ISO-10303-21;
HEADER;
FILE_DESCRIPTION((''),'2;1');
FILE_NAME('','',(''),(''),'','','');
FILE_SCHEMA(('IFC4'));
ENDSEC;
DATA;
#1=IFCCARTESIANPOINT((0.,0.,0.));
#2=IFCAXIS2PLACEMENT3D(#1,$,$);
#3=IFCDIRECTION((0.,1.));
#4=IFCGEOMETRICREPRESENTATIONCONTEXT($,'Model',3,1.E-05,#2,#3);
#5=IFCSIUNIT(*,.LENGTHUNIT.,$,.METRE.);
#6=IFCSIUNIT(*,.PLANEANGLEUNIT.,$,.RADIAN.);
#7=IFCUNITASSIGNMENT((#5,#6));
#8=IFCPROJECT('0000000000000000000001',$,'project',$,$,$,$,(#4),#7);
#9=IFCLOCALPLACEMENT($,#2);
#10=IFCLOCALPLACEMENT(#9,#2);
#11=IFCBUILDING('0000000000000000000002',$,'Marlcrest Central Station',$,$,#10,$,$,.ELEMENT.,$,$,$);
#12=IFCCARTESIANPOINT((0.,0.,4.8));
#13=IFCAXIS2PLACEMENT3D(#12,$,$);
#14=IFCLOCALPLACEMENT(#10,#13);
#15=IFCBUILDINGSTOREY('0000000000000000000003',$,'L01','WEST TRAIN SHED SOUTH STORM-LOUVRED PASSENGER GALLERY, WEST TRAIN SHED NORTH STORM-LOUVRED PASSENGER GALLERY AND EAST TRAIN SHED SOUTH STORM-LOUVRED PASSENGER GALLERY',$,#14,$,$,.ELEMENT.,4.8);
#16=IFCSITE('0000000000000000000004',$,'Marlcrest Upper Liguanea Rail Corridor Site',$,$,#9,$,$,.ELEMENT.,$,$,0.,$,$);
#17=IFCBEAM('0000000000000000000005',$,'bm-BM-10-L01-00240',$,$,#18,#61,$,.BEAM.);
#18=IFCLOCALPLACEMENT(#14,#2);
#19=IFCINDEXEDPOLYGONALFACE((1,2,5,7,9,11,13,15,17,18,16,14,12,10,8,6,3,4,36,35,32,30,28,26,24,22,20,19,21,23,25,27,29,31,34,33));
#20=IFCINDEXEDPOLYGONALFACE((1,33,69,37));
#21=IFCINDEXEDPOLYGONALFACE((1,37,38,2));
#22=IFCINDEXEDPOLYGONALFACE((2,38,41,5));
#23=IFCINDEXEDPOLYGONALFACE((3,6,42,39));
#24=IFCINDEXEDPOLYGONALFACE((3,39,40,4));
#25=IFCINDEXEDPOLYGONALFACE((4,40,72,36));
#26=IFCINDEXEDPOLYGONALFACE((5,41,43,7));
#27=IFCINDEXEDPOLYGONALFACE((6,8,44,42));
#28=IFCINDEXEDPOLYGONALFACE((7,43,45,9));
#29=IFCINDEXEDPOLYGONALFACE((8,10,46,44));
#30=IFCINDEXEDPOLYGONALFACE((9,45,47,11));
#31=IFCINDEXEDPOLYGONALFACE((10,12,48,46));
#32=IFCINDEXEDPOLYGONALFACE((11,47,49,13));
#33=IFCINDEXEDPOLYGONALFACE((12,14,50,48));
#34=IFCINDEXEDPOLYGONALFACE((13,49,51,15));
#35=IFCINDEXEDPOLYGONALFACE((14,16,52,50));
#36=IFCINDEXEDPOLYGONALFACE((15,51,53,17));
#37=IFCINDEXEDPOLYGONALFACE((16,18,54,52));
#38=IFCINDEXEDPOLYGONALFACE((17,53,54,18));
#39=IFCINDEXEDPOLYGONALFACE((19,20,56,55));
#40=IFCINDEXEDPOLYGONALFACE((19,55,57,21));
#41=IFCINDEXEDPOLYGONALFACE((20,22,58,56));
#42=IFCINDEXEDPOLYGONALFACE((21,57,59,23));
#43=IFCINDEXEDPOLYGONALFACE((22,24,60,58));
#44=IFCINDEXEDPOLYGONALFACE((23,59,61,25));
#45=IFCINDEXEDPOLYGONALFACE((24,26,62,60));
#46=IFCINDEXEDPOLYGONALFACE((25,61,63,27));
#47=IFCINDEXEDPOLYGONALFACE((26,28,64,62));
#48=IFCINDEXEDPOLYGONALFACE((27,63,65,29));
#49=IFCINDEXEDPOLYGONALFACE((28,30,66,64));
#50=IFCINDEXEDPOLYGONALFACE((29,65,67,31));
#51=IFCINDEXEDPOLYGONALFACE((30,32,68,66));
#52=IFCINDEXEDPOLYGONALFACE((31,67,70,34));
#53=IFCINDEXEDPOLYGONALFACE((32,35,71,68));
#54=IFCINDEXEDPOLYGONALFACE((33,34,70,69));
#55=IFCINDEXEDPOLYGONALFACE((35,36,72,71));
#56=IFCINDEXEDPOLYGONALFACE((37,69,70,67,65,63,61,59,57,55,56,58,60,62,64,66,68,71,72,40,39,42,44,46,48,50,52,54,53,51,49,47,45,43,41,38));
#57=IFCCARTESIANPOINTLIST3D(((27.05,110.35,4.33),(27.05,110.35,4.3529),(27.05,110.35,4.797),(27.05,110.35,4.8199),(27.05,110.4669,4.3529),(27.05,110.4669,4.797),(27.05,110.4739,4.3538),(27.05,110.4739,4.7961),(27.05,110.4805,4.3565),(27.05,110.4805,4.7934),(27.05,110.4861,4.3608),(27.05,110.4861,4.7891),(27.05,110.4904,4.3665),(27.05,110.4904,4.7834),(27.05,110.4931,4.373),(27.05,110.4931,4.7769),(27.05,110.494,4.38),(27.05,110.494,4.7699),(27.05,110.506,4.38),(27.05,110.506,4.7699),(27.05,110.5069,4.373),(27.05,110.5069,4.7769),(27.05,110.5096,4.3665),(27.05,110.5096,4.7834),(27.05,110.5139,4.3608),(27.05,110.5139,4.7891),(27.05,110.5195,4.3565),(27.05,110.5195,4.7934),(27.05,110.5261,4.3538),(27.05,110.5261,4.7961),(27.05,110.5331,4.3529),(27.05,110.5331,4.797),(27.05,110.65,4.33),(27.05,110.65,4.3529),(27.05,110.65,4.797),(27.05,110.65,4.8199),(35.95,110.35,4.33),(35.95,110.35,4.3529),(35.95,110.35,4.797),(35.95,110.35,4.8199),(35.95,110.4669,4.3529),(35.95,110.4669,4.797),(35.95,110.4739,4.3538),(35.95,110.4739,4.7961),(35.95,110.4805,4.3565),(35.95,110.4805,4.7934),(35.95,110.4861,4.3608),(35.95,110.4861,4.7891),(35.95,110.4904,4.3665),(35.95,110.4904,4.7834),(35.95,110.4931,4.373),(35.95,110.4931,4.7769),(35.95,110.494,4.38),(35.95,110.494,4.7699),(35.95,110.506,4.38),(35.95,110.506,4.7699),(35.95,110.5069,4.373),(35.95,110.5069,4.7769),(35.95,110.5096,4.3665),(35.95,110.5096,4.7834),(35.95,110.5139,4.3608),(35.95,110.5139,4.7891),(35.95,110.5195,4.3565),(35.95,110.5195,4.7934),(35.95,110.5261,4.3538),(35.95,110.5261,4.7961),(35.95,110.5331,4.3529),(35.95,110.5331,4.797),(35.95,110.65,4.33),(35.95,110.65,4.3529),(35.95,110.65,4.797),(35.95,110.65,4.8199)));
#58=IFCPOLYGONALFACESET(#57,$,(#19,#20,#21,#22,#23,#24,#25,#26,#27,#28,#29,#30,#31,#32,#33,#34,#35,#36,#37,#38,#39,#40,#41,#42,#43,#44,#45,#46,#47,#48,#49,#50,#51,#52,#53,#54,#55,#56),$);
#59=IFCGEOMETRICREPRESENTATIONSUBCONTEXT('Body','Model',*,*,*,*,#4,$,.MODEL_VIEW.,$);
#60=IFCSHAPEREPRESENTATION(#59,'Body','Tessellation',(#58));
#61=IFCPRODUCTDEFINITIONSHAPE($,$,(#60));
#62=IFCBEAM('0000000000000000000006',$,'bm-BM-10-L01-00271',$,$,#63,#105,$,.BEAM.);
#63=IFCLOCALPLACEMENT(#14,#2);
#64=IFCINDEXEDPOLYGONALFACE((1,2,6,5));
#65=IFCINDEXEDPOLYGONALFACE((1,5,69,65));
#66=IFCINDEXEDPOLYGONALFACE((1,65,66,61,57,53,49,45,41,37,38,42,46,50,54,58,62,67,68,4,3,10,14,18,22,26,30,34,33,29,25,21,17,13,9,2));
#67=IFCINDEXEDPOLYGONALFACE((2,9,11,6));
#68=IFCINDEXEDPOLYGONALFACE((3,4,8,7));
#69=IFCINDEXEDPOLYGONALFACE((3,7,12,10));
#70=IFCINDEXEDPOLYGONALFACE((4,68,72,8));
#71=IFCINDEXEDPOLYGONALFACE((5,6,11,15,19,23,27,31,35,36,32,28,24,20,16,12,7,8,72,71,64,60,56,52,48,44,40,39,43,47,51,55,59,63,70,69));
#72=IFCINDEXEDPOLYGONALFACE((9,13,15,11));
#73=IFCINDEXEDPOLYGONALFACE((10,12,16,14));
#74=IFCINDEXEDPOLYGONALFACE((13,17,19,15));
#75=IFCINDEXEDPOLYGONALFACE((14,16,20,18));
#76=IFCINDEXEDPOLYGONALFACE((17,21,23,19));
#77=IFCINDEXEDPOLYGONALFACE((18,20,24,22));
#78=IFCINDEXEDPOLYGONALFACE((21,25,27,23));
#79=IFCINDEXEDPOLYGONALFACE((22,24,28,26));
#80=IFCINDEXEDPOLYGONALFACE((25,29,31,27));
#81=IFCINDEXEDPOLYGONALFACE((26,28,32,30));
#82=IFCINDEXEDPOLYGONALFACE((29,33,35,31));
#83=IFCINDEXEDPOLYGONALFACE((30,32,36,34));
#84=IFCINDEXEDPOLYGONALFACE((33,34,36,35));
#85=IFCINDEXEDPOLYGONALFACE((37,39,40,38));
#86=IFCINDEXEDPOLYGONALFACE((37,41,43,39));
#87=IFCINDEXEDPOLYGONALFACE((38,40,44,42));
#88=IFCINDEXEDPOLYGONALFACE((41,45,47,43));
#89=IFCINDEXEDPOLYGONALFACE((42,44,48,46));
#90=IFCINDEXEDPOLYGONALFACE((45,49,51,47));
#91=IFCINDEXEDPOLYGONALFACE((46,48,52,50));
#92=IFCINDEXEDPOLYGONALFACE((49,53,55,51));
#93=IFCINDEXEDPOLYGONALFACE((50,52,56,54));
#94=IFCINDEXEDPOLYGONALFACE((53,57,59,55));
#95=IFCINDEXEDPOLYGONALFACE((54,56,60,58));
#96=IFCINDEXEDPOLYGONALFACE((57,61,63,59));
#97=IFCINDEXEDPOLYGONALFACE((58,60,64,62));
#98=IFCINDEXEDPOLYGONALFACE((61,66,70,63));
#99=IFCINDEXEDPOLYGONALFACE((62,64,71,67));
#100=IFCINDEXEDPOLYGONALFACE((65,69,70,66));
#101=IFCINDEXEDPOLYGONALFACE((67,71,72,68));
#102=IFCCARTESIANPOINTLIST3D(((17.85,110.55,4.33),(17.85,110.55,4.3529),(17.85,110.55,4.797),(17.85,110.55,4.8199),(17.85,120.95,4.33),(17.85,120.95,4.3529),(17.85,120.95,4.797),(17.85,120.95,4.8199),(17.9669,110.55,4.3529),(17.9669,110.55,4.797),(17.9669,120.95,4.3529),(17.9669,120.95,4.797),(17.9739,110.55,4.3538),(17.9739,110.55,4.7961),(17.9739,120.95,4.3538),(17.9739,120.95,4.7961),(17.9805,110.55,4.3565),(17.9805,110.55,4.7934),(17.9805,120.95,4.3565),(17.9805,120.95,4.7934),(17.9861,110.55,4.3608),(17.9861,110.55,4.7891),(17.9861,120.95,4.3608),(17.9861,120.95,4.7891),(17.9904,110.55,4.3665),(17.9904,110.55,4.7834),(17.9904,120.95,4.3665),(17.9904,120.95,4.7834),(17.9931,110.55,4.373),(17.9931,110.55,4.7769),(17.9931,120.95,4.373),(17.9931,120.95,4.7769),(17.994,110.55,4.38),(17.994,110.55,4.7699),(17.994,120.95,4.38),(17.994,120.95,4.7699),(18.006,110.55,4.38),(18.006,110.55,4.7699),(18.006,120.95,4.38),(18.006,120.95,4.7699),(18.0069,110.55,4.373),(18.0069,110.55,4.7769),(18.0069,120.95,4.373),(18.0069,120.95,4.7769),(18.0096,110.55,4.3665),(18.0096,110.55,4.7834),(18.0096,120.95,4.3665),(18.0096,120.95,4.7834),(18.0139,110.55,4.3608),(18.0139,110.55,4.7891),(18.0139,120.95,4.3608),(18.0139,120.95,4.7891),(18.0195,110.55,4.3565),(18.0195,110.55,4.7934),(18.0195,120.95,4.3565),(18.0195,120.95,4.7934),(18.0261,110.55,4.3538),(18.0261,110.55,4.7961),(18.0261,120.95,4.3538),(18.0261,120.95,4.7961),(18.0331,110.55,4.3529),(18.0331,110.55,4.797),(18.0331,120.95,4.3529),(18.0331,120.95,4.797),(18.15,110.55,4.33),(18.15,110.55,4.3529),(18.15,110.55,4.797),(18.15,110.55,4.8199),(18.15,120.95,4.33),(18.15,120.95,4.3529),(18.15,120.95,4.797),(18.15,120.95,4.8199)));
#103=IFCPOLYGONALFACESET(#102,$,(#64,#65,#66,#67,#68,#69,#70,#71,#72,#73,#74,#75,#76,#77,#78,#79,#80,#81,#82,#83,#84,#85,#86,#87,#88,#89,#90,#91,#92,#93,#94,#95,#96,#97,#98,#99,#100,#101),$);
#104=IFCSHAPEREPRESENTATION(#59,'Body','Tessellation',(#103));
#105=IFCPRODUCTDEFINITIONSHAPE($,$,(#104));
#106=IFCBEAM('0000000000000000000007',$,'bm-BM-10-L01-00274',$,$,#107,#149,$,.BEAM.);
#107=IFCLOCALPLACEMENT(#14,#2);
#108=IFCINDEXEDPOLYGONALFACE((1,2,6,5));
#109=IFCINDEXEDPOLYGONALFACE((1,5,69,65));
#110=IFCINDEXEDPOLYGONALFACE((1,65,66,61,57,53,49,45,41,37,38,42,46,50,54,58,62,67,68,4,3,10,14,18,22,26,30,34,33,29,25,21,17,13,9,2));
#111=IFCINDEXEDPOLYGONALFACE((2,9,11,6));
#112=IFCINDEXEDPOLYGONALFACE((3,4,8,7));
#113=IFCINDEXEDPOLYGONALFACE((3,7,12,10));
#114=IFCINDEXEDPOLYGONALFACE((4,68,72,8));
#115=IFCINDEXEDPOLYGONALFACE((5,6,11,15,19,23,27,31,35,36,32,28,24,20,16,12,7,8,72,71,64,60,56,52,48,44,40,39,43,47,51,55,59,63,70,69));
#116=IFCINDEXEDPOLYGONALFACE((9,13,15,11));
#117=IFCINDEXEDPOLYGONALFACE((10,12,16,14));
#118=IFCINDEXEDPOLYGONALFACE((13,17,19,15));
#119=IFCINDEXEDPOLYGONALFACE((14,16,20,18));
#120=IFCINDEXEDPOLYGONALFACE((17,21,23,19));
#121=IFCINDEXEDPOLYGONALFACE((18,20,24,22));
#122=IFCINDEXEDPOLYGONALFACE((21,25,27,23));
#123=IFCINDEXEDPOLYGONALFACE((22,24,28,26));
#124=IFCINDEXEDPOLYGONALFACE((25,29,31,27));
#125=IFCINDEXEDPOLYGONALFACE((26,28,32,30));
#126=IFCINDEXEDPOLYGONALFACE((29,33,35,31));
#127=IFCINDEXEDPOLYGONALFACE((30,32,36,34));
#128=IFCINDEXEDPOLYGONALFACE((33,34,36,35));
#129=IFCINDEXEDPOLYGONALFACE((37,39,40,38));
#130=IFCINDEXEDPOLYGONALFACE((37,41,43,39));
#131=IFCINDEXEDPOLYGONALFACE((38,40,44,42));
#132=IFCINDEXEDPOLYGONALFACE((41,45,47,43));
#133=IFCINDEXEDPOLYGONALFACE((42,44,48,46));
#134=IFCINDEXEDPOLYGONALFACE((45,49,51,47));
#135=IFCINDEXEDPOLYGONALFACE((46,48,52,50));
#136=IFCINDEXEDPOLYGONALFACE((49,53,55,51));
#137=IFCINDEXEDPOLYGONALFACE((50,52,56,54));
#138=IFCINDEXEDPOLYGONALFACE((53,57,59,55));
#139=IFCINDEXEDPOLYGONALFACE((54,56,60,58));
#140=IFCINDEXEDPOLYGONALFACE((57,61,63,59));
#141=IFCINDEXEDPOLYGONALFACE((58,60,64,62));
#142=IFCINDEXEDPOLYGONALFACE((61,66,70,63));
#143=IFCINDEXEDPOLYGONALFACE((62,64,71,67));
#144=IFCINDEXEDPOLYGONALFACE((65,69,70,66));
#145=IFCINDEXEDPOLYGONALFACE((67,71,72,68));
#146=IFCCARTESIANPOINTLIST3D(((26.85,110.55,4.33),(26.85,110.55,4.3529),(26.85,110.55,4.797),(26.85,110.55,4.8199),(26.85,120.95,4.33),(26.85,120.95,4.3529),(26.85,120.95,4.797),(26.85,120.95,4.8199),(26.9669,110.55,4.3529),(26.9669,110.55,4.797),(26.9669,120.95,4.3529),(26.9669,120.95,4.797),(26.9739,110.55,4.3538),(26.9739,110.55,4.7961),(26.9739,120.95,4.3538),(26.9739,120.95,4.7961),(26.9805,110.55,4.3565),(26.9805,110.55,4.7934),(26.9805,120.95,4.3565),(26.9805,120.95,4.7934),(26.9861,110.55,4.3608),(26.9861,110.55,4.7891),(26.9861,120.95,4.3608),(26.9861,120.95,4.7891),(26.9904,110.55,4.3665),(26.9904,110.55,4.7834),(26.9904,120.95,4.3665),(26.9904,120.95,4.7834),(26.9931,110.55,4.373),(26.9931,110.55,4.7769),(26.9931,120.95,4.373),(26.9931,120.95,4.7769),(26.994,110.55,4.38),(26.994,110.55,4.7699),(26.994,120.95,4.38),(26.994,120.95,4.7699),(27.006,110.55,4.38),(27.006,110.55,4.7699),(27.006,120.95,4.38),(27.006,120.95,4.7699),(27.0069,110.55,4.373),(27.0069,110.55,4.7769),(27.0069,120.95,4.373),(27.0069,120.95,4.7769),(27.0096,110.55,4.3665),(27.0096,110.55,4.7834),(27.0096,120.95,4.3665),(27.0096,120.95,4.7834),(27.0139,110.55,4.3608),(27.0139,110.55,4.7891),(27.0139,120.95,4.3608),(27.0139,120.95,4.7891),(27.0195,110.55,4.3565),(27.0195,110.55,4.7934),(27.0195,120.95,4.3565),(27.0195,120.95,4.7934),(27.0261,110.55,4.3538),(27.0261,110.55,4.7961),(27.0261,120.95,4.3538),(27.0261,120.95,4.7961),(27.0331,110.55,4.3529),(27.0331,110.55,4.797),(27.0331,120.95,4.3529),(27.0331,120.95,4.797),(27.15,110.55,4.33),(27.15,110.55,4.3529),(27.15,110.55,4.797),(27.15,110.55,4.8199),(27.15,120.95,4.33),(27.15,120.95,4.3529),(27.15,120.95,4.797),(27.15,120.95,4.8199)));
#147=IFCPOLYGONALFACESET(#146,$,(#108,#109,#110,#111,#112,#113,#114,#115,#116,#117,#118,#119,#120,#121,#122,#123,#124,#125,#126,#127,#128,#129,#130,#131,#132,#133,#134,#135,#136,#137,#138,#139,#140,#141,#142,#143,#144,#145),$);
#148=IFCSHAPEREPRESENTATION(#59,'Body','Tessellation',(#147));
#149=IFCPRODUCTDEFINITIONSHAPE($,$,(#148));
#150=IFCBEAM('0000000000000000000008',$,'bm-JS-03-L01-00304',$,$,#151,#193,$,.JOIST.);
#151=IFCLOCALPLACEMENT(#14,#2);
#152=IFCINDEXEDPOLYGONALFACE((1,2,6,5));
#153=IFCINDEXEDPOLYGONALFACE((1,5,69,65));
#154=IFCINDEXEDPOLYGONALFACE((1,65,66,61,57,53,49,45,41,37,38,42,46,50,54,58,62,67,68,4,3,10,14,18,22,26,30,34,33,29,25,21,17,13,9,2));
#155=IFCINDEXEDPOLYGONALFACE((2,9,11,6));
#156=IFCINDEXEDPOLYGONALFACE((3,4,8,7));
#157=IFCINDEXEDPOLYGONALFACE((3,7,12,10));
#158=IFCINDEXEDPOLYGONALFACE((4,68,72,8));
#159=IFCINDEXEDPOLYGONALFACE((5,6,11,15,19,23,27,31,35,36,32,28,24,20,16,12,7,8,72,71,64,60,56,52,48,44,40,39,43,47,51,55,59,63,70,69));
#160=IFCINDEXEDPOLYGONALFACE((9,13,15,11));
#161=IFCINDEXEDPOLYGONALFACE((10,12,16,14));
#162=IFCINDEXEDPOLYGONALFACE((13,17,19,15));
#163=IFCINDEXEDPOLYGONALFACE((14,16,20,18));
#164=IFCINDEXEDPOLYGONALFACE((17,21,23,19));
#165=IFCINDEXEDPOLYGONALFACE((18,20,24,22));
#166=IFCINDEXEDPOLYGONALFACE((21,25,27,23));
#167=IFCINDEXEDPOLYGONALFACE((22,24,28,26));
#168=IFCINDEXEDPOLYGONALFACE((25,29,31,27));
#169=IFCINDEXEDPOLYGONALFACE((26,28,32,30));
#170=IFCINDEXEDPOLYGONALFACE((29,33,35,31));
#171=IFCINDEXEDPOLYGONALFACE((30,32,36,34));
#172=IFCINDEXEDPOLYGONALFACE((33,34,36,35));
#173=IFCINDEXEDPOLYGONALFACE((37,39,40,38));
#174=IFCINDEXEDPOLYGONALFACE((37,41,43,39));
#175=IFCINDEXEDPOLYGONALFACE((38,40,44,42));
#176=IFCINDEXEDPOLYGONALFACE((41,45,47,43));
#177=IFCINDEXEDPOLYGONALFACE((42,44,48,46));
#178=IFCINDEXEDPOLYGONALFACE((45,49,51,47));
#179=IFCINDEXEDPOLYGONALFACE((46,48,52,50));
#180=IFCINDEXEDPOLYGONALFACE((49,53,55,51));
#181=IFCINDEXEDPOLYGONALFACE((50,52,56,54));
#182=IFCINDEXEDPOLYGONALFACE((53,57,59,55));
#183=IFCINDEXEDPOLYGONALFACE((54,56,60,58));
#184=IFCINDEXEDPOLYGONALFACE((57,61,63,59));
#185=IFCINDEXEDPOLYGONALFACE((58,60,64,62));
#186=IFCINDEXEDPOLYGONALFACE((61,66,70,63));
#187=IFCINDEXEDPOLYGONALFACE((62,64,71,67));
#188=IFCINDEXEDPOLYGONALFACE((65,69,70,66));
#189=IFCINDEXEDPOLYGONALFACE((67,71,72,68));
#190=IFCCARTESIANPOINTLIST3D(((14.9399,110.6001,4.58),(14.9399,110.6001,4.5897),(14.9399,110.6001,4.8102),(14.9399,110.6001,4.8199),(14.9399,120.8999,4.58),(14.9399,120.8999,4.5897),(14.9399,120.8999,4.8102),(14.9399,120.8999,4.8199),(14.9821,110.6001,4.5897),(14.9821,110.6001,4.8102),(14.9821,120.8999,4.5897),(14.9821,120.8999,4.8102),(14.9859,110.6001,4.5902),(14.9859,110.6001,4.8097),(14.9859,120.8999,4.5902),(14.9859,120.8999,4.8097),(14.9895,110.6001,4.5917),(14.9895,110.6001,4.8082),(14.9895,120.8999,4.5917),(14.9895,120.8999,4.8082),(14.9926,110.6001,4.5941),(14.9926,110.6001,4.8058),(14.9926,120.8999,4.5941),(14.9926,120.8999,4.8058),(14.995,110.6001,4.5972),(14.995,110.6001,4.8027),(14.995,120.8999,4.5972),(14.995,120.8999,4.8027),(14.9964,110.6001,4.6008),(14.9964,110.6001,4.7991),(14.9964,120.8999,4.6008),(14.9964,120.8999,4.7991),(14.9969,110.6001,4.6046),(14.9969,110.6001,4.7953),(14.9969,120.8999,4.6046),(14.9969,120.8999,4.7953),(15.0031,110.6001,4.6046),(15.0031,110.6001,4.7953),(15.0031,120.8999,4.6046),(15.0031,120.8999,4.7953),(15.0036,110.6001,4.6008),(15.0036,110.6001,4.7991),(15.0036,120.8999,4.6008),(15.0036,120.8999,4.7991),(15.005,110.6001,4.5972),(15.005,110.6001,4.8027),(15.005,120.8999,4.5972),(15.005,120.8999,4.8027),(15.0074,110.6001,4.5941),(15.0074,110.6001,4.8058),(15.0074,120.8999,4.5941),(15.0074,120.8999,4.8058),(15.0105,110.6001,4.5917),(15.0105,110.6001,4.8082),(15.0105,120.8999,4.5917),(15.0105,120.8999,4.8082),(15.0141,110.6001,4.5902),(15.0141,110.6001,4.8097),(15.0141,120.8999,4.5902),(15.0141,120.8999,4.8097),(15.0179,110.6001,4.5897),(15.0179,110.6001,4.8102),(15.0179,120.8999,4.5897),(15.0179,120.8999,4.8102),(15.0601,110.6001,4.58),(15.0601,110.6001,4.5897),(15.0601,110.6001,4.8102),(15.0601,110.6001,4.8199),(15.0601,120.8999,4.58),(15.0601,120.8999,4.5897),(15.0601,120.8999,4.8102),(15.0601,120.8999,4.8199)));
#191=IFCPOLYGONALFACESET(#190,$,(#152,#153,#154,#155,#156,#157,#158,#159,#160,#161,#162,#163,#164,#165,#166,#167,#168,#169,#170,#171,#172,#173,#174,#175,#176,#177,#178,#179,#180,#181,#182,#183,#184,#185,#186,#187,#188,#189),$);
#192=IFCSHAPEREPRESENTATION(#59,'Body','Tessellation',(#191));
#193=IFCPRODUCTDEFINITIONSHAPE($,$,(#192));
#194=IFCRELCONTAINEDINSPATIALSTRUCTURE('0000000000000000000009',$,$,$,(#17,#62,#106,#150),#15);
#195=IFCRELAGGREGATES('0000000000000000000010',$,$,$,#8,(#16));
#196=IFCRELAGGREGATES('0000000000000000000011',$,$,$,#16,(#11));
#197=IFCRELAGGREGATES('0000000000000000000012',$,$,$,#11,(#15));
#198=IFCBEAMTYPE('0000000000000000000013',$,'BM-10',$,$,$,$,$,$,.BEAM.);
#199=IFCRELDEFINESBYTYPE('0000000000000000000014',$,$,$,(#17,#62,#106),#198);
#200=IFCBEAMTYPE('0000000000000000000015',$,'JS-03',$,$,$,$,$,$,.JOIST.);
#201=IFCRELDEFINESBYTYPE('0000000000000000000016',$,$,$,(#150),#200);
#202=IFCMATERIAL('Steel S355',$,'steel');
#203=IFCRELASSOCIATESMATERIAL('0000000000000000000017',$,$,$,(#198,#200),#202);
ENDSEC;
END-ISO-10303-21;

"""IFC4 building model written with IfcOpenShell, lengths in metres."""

from ifc_helpers import new_model, si_unit, direction, frame, origin, origin_2d, place, context, subcontext, project, spatial, i_section, extrude, material, material_profile, profile_set, type_object, element, save


model = new_model("IFC4")

# Units and contexts
model_context = context("Model", 3, precision=1e-05, world=origin(), true_north=direction((0.0, 1.0)))
body_context = subcontext(model_context, "Body", "Model", "MODEL_VIEW")
ifc_project = project(units=[si_unit("LENGTHUNIT", "METRE"), si_unit("PLANEANGLEUNIT", "RADIAN")], contexts=[model_context])

# Site, building, storey
site_placement = place(None, origin())
site = spatial("IfcSite", under=ifc_project, at=site_placement, Name="Marlcrest Upper Liguanea Rail Corridor Site", CompositionType="ELEMENT", RefElevation=0.0)
building_placement = place(site_placement, origin())
building = spatial("IfcBuilding", under=site, at=building_placement, Name="Marlcrest Central Station", CompositionType="ELEMENT")
storey_placement = place(building_placement, frame((0.0, 0.0, 4.8)))
storey = spatial("IfcBuildingStorey", under=building, at=storey_placement, Name="L01", Description="WEST TRAIN SHED SOUTH STORM-LOUVRED PASSENGER GALLERY, WEST TRAIN SHED NORTH STORM-LOUVRED PASSENGER GALLERY AND EAST TRAIN SHED SOUTH STORM-LOUVRED PASSENGER GALLERY", CompositionType="ELEMENT", Elevation=4.8)

# Shared definitions
ifc_material_1 = material(Name="Steel S355", Category="steel")

# Beams
ifc_material_profile_1 = material_profile(ifc_material_1, i_section(OverallWidth=0.3, OverallDepth=0.49, WebThickness=0.012, FlangeThickness=0.0229, FilletRadius=0.0271, at=origin_2d()), Name="HEA 500")
ifc_profile_set_1 = profile_set([ifc_material_profile_1], Name="Steel S355")
beam_type_1 = type_object("IfcBeamType", Name="BM-10", PredefinedType="BEAM", material=ifc_profile_set_1)
for number, where, z_axis, x_axis, name in (
    (1, (27.05, 110.5, 4.575), (1.0, 0.0, 0.0), (0.0, 1.0, 0.0), "bm-BM-10-L01-00240"),
):
    element("IfcBeam", number, at=place(storey_placement, frame(where, z_axis=z_axis, x_axis=x_axis)), inside=storey, type_object=beam_type_1, Name=name, PredefinedType="BEAM", context=body_context, shape_type="SweptSolid", body=[
        extrude(i_section(OverallWidth=0.3, OverallDepth=0.49, WebThickness=0.012, FlangeThickness=0.0229, FilletRadius=0.0271, at=origin_2d()), origin(), (0.0, 0.0, 1.0), 8.8999),
    ])
for number, where, z_axis, x_axis, name in (
    (2, (18.0, 110.55, 4.575), (0.0, 1.0, 0.0), (-1.0, 0.0, 0.0), "bm-BM-10-L01-00271"),
    (3, (27.0, 110.55, 4.575), (0.0, 1.0, 0.0), (-1.0, 0.0, 0.0), "bm-BM-10-L01-00274"),
):
    element("IfcBeam", number, at=place(storey_placement, frame(where, z_axis=z_axis, x_axis=x_axis)), inside=storey, type_object=beam_type_1, Name=name, PredefinedType="BEAM", context=body_context, shape_type="SweptSolid", body=[
        extrude(i_section(OverallWidth=0.3, OverallDepth=0.49, WebThickness=0.012, FlangeThickness=0.0229, FilletRadius=0.0271, at=origin_2d()), origin(), (0.0, 0.0, 1.0), 10.3999),
    ])
ifc_material_profile_2 = material_profile(ifc_material_1, i_section(OverallWidth=0.1201, OverallDepth=0.24, WebThickness=0.0061, FlangeThickness=0.0098, FilletRadius=0.0149, at=origin_2d()), Name="IPE 240")
ifc_profile_set_2 = profile_set([ifc_material_profile_2], Name="Steel S355")
beam_type_2 = type_object("IfcBeamType", Name="JS-03", PredefinedType="JOIST", material=ifc_profile_set_2)
beam_1_placement = place(storey_placement, frame((15.0, 110.6001, 4.7), z_axis=(0.0, 1.0, 0.0), x_axis=(-1.0, 0.0, 0.0)))
element("IfcBeam", 4, at=beam_1_placement, inside=storey, type_object=beam_type_2, Name="bm-JS-03-L01-00304", PredefinedType="JOIST", context=body_context, shape_type="SweptSolid", body=[
    extrude(i_section(OverallWidth=0.1201, OverallDepth=0.24, WebThickness=0.0061, FlangeThickness=0.0098, FilletRadius=0.0149, at=origin_2d()), origin(), (0.0, 0.0, 1.0), 10.2998),
])

save(model, "model.ifc")
